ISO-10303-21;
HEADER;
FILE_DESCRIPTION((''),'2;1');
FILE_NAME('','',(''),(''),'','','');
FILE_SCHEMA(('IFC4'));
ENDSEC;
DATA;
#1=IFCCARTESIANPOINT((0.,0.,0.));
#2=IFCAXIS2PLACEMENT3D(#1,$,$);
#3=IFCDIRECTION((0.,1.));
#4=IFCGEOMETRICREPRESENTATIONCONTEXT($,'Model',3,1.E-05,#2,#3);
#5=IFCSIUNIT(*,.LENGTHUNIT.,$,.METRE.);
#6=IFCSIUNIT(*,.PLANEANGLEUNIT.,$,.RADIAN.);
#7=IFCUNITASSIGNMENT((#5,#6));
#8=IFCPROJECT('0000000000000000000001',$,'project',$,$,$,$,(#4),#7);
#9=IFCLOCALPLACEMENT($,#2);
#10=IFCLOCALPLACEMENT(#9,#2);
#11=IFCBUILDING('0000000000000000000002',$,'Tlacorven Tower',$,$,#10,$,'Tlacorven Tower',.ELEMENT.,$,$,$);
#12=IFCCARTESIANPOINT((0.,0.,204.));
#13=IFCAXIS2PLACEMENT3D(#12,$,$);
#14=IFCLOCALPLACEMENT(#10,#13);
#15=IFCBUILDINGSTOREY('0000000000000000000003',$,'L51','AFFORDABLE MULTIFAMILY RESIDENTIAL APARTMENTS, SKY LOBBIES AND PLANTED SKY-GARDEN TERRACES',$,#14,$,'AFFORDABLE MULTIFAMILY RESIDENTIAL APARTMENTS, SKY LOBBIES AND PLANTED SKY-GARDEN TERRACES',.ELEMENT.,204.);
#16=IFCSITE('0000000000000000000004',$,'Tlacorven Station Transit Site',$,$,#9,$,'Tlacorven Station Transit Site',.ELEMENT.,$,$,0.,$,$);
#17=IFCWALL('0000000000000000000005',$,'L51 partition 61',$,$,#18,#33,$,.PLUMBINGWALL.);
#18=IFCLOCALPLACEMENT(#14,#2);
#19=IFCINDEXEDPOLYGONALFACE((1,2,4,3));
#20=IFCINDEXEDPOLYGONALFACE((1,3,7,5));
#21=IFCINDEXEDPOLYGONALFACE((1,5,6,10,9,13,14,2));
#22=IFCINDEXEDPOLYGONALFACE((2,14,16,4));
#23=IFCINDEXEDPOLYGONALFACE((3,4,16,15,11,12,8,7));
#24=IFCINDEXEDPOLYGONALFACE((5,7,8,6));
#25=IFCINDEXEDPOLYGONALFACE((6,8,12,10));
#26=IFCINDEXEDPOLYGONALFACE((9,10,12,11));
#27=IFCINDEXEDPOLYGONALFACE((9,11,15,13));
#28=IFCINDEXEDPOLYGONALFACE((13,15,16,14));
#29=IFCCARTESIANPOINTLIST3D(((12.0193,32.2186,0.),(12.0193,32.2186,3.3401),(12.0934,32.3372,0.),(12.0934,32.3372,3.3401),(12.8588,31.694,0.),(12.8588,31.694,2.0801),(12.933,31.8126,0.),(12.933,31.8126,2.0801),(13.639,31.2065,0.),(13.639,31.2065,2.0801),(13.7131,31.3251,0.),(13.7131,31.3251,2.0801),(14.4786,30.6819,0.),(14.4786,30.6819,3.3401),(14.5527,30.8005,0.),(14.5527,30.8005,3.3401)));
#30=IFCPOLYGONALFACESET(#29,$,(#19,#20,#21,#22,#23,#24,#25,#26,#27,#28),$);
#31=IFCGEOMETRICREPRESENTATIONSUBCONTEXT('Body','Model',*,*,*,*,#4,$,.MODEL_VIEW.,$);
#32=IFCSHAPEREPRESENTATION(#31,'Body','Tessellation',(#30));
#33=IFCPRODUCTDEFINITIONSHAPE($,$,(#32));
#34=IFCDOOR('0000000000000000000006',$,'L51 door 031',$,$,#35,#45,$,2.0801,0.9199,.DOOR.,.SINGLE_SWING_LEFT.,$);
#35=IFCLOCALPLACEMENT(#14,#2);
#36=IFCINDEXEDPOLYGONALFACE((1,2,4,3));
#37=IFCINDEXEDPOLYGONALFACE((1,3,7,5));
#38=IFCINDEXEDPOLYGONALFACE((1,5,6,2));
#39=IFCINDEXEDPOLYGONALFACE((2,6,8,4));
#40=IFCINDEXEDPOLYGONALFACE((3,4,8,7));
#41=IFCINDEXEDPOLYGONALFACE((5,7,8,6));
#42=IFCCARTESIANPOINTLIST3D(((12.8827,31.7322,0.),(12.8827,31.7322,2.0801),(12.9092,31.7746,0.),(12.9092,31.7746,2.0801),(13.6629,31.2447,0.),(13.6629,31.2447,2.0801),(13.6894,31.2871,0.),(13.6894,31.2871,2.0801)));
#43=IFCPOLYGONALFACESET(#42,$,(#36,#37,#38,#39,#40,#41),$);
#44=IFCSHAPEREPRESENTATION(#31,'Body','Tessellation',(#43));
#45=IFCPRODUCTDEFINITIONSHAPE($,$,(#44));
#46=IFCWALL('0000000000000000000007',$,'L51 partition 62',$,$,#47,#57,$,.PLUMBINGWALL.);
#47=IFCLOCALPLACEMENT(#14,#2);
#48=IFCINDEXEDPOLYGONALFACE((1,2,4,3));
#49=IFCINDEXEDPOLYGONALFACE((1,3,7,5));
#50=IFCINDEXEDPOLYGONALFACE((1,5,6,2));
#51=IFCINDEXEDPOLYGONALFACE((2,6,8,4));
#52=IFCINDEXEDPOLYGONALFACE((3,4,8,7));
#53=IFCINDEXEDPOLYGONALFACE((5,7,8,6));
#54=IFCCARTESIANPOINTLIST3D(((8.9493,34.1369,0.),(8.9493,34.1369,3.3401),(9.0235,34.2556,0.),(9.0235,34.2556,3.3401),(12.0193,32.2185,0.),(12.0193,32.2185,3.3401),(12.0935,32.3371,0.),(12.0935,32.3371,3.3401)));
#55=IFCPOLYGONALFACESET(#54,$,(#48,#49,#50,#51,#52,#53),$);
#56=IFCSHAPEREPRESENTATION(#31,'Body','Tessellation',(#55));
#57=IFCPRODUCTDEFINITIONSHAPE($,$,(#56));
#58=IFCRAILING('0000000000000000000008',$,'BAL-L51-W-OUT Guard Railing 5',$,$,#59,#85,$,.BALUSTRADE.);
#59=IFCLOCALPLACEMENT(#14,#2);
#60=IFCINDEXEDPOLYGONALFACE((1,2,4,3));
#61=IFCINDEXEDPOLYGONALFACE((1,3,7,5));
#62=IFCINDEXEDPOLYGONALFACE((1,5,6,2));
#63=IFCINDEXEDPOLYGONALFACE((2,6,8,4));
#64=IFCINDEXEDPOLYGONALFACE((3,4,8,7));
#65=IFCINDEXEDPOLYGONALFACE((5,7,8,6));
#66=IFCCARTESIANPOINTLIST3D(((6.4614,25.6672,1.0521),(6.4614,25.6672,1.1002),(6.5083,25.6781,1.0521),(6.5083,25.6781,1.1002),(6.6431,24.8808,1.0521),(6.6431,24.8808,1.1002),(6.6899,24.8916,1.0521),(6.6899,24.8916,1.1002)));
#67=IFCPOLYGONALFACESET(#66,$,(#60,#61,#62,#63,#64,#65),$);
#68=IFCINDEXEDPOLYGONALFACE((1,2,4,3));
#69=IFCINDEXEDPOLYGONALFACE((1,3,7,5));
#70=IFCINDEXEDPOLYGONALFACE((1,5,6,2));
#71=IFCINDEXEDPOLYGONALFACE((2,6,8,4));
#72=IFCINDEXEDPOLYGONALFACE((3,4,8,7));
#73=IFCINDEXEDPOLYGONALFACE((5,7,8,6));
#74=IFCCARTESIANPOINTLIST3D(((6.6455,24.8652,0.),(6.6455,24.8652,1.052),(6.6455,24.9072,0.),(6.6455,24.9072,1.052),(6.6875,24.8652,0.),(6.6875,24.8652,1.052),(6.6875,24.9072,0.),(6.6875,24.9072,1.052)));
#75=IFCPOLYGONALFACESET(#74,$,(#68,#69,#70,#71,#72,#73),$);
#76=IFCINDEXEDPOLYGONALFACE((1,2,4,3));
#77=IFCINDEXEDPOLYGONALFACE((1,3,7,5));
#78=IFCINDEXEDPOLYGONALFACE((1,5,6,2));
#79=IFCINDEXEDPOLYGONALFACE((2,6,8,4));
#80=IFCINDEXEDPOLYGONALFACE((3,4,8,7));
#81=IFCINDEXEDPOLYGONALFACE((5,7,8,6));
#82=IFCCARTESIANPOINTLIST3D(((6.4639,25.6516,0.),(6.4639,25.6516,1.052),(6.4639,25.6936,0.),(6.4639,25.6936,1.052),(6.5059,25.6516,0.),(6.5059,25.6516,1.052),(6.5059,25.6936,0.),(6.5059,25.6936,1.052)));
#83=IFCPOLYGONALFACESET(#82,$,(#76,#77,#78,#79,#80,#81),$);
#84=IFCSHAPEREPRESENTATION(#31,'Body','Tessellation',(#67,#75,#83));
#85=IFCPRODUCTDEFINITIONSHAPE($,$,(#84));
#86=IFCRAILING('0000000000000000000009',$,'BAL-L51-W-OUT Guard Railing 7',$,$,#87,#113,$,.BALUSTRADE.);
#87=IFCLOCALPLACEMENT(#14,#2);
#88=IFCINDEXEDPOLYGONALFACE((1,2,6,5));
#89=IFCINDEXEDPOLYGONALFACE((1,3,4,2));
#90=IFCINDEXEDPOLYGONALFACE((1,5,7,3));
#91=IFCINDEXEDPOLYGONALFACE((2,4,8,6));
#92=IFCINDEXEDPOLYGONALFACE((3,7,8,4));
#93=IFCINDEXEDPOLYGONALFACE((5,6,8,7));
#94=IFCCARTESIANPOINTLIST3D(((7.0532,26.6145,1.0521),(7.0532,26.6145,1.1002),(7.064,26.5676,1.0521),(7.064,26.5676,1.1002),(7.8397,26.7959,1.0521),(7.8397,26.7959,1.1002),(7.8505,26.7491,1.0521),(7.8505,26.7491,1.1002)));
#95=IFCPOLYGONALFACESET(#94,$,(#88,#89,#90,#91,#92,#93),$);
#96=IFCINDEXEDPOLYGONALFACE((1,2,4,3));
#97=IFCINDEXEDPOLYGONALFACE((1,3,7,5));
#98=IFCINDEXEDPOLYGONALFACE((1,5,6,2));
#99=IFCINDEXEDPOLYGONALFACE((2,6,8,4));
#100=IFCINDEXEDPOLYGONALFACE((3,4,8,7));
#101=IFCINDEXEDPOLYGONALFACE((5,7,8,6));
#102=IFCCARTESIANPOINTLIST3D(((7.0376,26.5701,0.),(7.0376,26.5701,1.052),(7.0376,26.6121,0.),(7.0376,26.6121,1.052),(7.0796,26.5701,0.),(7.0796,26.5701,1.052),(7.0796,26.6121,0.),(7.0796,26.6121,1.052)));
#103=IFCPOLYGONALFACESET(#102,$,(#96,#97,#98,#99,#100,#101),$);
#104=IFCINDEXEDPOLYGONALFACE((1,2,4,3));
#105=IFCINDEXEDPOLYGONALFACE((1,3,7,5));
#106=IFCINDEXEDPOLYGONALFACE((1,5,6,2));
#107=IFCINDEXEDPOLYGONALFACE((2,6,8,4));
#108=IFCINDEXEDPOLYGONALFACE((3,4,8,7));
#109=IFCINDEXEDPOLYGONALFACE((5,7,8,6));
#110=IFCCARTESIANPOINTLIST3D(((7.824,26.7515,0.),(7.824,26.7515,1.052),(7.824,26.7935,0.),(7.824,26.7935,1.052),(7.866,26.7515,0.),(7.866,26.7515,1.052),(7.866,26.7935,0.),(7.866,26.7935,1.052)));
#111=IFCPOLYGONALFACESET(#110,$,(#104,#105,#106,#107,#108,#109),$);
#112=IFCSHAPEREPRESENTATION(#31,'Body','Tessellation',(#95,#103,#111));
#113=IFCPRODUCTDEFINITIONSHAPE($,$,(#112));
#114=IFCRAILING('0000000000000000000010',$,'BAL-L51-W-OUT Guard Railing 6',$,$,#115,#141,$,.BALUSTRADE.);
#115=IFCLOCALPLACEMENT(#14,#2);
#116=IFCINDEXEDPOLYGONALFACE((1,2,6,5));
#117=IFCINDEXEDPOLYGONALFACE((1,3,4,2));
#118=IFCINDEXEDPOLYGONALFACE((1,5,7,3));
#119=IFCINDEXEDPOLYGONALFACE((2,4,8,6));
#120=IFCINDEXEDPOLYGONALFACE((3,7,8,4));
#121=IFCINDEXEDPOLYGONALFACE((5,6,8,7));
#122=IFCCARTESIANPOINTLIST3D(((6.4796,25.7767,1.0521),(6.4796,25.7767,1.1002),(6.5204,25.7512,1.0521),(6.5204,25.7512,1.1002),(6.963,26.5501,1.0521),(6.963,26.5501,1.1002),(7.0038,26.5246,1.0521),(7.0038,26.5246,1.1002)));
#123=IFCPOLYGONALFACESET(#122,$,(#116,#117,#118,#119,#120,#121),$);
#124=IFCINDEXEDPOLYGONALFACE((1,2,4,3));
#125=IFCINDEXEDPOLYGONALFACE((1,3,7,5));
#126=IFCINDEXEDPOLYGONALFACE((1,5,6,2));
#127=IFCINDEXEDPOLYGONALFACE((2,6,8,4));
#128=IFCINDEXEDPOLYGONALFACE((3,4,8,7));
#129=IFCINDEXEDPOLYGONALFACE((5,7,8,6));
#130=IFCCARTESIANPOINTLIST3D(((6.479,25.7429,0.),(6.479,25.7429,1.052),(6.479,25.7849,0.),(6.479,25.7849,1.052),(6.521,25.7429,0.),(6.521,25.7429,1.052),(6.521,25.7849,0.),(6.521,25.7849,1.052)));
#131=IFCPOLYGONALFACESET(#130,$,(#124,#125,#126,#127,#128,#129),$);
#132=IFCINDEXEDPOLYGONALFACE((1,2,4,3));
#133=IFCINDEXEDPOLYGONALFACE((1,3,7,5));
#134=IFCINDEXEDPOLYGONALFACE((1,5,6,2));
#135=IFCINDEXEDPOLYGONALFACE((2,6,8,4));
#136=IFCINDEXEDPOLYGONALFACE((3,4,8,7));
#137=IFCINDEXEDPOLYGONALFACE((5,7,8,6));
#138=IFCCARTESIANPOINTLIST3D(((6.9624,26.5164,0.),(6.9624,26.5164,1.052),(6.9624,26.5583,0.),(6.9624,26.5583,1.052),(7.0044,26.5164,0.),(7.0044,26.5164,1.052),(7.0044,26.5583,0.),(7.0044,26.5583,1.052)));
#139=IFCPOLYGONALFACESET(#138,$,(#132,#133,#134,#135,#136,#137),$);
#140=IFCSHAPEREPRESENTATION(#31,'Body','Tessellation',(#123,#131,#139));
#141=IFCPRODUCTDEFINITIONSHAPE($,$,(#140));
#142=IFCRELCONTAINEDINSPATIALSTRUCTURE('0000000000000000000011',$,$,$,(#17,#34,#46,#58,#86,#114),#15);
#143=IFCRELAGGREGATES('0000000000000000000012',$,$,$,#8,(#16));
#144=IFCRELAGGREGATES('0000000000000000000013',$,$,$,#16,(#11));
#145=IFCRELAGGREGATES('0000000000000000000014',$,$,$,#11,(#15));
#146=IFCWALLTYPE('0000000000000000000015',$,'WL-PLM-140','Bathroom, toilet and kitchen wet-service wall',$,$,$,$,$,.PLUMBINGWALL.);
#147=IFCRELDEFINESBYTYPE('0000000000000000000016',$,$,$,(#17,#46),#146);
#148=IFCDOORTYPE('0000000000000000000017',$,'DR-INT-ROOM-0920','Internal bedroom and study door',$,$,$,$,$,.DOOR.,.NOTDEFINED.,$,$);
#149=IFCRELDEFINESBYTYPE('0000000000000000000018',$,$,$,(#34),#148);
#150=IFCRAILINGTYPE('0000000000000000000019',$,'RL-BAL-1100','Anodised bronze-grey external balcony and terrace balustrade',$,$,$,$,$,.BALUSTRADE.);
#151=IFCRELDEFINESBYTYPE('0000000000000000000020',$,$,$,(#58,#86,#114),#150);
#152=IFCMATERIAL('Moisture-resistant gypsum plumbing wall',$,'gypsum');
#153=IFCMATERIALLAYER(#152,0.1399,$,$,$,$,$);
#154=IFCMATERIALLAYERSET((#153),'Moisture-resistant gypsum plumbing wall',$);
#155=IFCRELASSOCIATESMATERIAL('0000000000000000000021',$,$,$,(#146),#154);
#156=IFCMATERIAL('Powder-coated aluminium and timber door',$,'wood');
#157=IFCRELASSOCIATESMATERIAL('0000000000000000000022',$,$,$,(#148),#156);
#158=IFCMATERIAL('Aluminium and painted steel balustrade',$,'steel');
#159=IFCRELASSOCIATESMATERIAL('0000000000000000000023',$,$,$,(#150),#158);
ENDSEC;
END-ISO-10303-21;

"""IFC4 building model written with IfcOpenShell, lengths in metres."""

from ifc_helpers import new_model, si_unit, direction, frame, frame_2d, origin, origin_2d, place, context, subcontext, project, spatial, rectangle, extrude, source, transform, mapped, material, layer, layer_set, type_object, element, fill, save


model = new_model("IFC4")

# Units and contexts
model_context = context("Model", 3, precision=1e-05, world=origin(), true_north=direction((0.0, 1.0)))
body_context = subcontext(model_context, "Body", "Model", "MODEL_VIEW")
ifc_project = project(units=[si_unit("LENGTHUNIT", "METRE"), si_unit("PLANEANGLEUNIT", "RADIAN")], contexts=[model_context])

# Site, building, storey
site_placement = place(None, origin())
site = spatial("IfcSite", under=ifc_project, at=site_placement, Name="Tlacorven Station Transit Site", LongName="Tlacorven Station Transit Site", CompositionType="ELEMENT", RefElevation=0.0)
building_placement = place(site_placement, origin())
building = spatial("IfcBuilding", under=site, at=building_placement, Name="Tlacorven Tower", LongName="Tlacorven Tower", CompositionType="ELEMENT")
storey_placement = place(building_placement, frame((0.0, 0.0, 204.0)))
storey = spatial("IfcBuildingStorey", under=building, at=storey_placement, Name="L51", Description="AFFORDABLE MULTIFAMILY RESIDENTIAL APARTMENTS, SKY LOBBIES AND PLANTED SKY-GARDEN TERRACES", LongName="AFFORDABLE MULTIFAMILY RESIDENTIAL APARTMENTS, SKY LOBBIES AND PLANTED SKY-GARDEN TERRACES", CompositionType="ELEMENT", Elevation=204.0)

# Wall, opening, door
ifc_material_1 = material(Name="Moisture-resistant gypsum plumbing wall", Category="gypsum")
ifc_layer_1 = layer(ifc_material_1, 0.1399)
ifc_layer_set_1 = layer_set([ifc_layer_1], Name="Moisture-resistant gypsum plumbing wall")
wall_type_1 = type_object("IfcWallType", Name="WL-PLM-140", Description="Bathroom, toilet and kitchen wet-service wall", PredefinedType="PLUMBINGWALL", material=ifc_layer_set_1)
ifc_material_2 = material(Name="Powder-coated aluminium and timber door", Category="wood")
door_type = type_object("IfcDoorType", Name="DR-INT-ROOM-0920", Description="Internal bedroom and study door", OperationType="NOTDEFINED", PredefinedType="DOOR", material=ifc_material_2)
shared_shape_1 = source(origin(), body_context, "Body", "SweptSolid", [
    extrude(rectangle(XDim=0.9199, YDim=2.0801, at=frame_2d((0.46, 1.04))), frame((0.0, 0.0249, 0.0), z_axis=(0.0, -1.0, 0.0), x_axis=(1.0, 0.0, 0.0)), (0.0, 0.0, 1.0), 0.05),
])
wall_1_placement = place(storey_placement, frame((14.5156, 30.7412, 0.0), z_axis=(0.0, 0.0, 1.0), x_axis=(-0.84806, 0.529901, 0.0)))
wall_1 = element("IfcWall", 1, at=wall_1_placement, inside=storey, type_object=wall_type_1, Name="L51 partition 61", PredefinedType="PLUMBINGWALL", context=body_context, shape_type="SweptSolid", body=[
    extrude(rectangle(XDim=2.8999, YDim=0.1399, at=frame_2d((1.45, 0.0))), origin(), (0.0, 0.0, 1.0), 3.3401),
])
opening_1_placement = place(wall_1_placement, frame((0.99, 0.0, 0.0)))
opening_1 = element("IfcOpeningElement", 2, at=opening_1_placement, cuts=wall_1, PredefinedType="OPENING", context=body_context, shape_type="SweptSolid", body=[
    extrude(rectangle(XDim=0.9199, YDim=2.0801, at=frame_2d((0.46, 1.04))), frame((0.0, 0.0801, 0.0), z_axis=(0.0, -1.0, 0.0), x_axis=(1.0, 0.0, 0.0)), (0.0, 0.0, 1.0), 0.1599),
])
door_1_placement = place(opening_1_placement, origin())
door_1 = element("IfcDoor", 3, at=door_1_placement, inside=storey, type_object=door_type, Name="L51 door 031", OperationType="SINGLE_SWING_LEFT", OverallHeight=2.0801, OverallWidth=0.9199, PredefinedType="DOOR", context=body_context, shape_type="MappedRepresentation", body=[
    mapped(shared_shape_1, transform((0.0, 0.0, 0.0), scale=1.0)),
])
fill(opening_1, door_1)

# Wall
wall_2_placement = place(storey_placement, frame((12.0564, 32.2778, 0.0), z_axis=(0.0, 0.0, 1.0), x_axis=(-0.84804, 0.529932, 0.0)))
element("IfcWall", 4, at=wall_2_placement, inside=storey, type_object=wall_type_1, Name="L51 partition 62", PredefinedType="PLUMBINGWALL", context=body_context, shape_type="SweptSolid", body=[
    extrude(rectangle(XDim=3.6201, YDim=0.1399, at=frame_2d((1.8101, 0.0))), origin(), (0.0, 0.0, 1.0), 3.3401),
])

# Railings
ifc_material_3 = material(Name="Aluminium and painted steel balustrade", Category="steel")
railing_type = type_object("IfcRailingType", Name="RL-BAL-1100", Description="Anodised bronze-grey external balcony and terrace balustrade", PredefinedType="BALUSTRADE", material=ifc_material_3)
shared_shape_2 = source(origin(), body_context, "Body", "SweptSolid", [
    extrude(rectangle(XDim=0.0481, YDim=0.0481, at=origin_2d()), frame((0.0, 0.0, 1.0762), z_axis=(-0.225058, 0.974345, 0.0), x_axis=(-0.974345, -0.225058, 0.0)), (0.0, 0.0, 1.0), 0.8071),
    extrude(rectangle(XDim=0.042, YDim=0.042, at=origin_2d()), origin(), (0.0, 0.0, 1.0), 1.052),
    extrude(rectangle(XDim=0.042, YDim=0.042, at=origin_2d()), frame((-0.1816, 0.7864, 0.0)), (0.0, 0.0, 1.0), 1.052),
])
railing_1_placement = place(storey_placement, frame((6.6665, 24.8862, 0.0)))
element("IfcRailing", 5, at=railing_1_placement, inside=storey, type_object=railing_type, Name="BAL-L51-W-OUT Guard Railing 5", PredefinedType="BALUSTRADE", context=body_context, shape_type="MappedRepresentation", body=[
    mapped(shared_shape_2, transform((0.0, 0.0, 0.0), scale=1.0)),
])
shared_shape_3 = source(origin(), body_context, "Body", "SweptSolid", [
    extrude(rectangle(XDim=0.0481, YDim=0.0481, at=origin_2d()), frame((0.0, 0.0, 1.0762), z_axis=(0.974412, 0.224771, 0.0), x_axis=(-0.224771, 0.974412, 0.0)), (0.0, 0.0, 1.0), 0.8071),
    extrude(rectangle(XDim=0.042, YDim=0.042, at=origin_2d()), origin(), (0.0, 0.0, 1.0), 1.052),
    extrude(rectangle(XDim=0.042, YDim=0.042, at=origin_2d()), frame((0.7864, 0.1814, 0.0)), (0.0, 0.0, 1.0), 1.052),
])
railing_2_placement = place(storey_placement, frame((7.0586, 26.5911, 0.0)))
element("IfcRailing", 6, at=railing_2_placement, inside=storey, type_object=railing_type, Name="BAL-L51-W-OUT Guard Railing 7", PredefinedType="BALUSTRADE", context=body_context, shape_type="MappedRepresentation", body=[
    mapped(shared_shape_3, transform((0.0, 0.0, 0.0), scale=1.0)),
])
shared_shape_4 = source(origin(), body_context, "Body", "SweptSolid", [
    extrude(rectangle(XDim=0.0481, YDim=0.0481, at=origin_2d()), frame((0.0, 0.0, 1.0762), z_axis=(0.529999, 0.847998, 0.0), x_axis=(-0.847998, 0.529999, 0.0)), (0.0, 0.0, 1.0), 0.9121),
    extrude(rectangle(XDim=0.042, YDim=0.042, at=origin_2d()), origin(), (0.0, 0.0, 1.0), 1.052),
    extrude(rectangle(XDim=0.042, YDim=0.042, at=origin_2d()), frame((0.4834, 0.7734, 0.0)), (0.0, 0.0, 1.0), 1.052),
])
railing_3_placement = place(storey_placement, frame((6.5, 25.7639, 0.0)))
element("IfcRailing", 7, at=railing_3_placement, inside=storey, type_object=railing_type, Name="BAL-L51-W-OUT Guard Railing 6", PredefinedType="BALUSTRADE", context=body_context, shape_type="MappedRepresentation", body=[
    mapped(shared_shape_4, transform((0.0, 0.0, 0.0), scale=1.0)),
])

save(model, "model.ifc")
